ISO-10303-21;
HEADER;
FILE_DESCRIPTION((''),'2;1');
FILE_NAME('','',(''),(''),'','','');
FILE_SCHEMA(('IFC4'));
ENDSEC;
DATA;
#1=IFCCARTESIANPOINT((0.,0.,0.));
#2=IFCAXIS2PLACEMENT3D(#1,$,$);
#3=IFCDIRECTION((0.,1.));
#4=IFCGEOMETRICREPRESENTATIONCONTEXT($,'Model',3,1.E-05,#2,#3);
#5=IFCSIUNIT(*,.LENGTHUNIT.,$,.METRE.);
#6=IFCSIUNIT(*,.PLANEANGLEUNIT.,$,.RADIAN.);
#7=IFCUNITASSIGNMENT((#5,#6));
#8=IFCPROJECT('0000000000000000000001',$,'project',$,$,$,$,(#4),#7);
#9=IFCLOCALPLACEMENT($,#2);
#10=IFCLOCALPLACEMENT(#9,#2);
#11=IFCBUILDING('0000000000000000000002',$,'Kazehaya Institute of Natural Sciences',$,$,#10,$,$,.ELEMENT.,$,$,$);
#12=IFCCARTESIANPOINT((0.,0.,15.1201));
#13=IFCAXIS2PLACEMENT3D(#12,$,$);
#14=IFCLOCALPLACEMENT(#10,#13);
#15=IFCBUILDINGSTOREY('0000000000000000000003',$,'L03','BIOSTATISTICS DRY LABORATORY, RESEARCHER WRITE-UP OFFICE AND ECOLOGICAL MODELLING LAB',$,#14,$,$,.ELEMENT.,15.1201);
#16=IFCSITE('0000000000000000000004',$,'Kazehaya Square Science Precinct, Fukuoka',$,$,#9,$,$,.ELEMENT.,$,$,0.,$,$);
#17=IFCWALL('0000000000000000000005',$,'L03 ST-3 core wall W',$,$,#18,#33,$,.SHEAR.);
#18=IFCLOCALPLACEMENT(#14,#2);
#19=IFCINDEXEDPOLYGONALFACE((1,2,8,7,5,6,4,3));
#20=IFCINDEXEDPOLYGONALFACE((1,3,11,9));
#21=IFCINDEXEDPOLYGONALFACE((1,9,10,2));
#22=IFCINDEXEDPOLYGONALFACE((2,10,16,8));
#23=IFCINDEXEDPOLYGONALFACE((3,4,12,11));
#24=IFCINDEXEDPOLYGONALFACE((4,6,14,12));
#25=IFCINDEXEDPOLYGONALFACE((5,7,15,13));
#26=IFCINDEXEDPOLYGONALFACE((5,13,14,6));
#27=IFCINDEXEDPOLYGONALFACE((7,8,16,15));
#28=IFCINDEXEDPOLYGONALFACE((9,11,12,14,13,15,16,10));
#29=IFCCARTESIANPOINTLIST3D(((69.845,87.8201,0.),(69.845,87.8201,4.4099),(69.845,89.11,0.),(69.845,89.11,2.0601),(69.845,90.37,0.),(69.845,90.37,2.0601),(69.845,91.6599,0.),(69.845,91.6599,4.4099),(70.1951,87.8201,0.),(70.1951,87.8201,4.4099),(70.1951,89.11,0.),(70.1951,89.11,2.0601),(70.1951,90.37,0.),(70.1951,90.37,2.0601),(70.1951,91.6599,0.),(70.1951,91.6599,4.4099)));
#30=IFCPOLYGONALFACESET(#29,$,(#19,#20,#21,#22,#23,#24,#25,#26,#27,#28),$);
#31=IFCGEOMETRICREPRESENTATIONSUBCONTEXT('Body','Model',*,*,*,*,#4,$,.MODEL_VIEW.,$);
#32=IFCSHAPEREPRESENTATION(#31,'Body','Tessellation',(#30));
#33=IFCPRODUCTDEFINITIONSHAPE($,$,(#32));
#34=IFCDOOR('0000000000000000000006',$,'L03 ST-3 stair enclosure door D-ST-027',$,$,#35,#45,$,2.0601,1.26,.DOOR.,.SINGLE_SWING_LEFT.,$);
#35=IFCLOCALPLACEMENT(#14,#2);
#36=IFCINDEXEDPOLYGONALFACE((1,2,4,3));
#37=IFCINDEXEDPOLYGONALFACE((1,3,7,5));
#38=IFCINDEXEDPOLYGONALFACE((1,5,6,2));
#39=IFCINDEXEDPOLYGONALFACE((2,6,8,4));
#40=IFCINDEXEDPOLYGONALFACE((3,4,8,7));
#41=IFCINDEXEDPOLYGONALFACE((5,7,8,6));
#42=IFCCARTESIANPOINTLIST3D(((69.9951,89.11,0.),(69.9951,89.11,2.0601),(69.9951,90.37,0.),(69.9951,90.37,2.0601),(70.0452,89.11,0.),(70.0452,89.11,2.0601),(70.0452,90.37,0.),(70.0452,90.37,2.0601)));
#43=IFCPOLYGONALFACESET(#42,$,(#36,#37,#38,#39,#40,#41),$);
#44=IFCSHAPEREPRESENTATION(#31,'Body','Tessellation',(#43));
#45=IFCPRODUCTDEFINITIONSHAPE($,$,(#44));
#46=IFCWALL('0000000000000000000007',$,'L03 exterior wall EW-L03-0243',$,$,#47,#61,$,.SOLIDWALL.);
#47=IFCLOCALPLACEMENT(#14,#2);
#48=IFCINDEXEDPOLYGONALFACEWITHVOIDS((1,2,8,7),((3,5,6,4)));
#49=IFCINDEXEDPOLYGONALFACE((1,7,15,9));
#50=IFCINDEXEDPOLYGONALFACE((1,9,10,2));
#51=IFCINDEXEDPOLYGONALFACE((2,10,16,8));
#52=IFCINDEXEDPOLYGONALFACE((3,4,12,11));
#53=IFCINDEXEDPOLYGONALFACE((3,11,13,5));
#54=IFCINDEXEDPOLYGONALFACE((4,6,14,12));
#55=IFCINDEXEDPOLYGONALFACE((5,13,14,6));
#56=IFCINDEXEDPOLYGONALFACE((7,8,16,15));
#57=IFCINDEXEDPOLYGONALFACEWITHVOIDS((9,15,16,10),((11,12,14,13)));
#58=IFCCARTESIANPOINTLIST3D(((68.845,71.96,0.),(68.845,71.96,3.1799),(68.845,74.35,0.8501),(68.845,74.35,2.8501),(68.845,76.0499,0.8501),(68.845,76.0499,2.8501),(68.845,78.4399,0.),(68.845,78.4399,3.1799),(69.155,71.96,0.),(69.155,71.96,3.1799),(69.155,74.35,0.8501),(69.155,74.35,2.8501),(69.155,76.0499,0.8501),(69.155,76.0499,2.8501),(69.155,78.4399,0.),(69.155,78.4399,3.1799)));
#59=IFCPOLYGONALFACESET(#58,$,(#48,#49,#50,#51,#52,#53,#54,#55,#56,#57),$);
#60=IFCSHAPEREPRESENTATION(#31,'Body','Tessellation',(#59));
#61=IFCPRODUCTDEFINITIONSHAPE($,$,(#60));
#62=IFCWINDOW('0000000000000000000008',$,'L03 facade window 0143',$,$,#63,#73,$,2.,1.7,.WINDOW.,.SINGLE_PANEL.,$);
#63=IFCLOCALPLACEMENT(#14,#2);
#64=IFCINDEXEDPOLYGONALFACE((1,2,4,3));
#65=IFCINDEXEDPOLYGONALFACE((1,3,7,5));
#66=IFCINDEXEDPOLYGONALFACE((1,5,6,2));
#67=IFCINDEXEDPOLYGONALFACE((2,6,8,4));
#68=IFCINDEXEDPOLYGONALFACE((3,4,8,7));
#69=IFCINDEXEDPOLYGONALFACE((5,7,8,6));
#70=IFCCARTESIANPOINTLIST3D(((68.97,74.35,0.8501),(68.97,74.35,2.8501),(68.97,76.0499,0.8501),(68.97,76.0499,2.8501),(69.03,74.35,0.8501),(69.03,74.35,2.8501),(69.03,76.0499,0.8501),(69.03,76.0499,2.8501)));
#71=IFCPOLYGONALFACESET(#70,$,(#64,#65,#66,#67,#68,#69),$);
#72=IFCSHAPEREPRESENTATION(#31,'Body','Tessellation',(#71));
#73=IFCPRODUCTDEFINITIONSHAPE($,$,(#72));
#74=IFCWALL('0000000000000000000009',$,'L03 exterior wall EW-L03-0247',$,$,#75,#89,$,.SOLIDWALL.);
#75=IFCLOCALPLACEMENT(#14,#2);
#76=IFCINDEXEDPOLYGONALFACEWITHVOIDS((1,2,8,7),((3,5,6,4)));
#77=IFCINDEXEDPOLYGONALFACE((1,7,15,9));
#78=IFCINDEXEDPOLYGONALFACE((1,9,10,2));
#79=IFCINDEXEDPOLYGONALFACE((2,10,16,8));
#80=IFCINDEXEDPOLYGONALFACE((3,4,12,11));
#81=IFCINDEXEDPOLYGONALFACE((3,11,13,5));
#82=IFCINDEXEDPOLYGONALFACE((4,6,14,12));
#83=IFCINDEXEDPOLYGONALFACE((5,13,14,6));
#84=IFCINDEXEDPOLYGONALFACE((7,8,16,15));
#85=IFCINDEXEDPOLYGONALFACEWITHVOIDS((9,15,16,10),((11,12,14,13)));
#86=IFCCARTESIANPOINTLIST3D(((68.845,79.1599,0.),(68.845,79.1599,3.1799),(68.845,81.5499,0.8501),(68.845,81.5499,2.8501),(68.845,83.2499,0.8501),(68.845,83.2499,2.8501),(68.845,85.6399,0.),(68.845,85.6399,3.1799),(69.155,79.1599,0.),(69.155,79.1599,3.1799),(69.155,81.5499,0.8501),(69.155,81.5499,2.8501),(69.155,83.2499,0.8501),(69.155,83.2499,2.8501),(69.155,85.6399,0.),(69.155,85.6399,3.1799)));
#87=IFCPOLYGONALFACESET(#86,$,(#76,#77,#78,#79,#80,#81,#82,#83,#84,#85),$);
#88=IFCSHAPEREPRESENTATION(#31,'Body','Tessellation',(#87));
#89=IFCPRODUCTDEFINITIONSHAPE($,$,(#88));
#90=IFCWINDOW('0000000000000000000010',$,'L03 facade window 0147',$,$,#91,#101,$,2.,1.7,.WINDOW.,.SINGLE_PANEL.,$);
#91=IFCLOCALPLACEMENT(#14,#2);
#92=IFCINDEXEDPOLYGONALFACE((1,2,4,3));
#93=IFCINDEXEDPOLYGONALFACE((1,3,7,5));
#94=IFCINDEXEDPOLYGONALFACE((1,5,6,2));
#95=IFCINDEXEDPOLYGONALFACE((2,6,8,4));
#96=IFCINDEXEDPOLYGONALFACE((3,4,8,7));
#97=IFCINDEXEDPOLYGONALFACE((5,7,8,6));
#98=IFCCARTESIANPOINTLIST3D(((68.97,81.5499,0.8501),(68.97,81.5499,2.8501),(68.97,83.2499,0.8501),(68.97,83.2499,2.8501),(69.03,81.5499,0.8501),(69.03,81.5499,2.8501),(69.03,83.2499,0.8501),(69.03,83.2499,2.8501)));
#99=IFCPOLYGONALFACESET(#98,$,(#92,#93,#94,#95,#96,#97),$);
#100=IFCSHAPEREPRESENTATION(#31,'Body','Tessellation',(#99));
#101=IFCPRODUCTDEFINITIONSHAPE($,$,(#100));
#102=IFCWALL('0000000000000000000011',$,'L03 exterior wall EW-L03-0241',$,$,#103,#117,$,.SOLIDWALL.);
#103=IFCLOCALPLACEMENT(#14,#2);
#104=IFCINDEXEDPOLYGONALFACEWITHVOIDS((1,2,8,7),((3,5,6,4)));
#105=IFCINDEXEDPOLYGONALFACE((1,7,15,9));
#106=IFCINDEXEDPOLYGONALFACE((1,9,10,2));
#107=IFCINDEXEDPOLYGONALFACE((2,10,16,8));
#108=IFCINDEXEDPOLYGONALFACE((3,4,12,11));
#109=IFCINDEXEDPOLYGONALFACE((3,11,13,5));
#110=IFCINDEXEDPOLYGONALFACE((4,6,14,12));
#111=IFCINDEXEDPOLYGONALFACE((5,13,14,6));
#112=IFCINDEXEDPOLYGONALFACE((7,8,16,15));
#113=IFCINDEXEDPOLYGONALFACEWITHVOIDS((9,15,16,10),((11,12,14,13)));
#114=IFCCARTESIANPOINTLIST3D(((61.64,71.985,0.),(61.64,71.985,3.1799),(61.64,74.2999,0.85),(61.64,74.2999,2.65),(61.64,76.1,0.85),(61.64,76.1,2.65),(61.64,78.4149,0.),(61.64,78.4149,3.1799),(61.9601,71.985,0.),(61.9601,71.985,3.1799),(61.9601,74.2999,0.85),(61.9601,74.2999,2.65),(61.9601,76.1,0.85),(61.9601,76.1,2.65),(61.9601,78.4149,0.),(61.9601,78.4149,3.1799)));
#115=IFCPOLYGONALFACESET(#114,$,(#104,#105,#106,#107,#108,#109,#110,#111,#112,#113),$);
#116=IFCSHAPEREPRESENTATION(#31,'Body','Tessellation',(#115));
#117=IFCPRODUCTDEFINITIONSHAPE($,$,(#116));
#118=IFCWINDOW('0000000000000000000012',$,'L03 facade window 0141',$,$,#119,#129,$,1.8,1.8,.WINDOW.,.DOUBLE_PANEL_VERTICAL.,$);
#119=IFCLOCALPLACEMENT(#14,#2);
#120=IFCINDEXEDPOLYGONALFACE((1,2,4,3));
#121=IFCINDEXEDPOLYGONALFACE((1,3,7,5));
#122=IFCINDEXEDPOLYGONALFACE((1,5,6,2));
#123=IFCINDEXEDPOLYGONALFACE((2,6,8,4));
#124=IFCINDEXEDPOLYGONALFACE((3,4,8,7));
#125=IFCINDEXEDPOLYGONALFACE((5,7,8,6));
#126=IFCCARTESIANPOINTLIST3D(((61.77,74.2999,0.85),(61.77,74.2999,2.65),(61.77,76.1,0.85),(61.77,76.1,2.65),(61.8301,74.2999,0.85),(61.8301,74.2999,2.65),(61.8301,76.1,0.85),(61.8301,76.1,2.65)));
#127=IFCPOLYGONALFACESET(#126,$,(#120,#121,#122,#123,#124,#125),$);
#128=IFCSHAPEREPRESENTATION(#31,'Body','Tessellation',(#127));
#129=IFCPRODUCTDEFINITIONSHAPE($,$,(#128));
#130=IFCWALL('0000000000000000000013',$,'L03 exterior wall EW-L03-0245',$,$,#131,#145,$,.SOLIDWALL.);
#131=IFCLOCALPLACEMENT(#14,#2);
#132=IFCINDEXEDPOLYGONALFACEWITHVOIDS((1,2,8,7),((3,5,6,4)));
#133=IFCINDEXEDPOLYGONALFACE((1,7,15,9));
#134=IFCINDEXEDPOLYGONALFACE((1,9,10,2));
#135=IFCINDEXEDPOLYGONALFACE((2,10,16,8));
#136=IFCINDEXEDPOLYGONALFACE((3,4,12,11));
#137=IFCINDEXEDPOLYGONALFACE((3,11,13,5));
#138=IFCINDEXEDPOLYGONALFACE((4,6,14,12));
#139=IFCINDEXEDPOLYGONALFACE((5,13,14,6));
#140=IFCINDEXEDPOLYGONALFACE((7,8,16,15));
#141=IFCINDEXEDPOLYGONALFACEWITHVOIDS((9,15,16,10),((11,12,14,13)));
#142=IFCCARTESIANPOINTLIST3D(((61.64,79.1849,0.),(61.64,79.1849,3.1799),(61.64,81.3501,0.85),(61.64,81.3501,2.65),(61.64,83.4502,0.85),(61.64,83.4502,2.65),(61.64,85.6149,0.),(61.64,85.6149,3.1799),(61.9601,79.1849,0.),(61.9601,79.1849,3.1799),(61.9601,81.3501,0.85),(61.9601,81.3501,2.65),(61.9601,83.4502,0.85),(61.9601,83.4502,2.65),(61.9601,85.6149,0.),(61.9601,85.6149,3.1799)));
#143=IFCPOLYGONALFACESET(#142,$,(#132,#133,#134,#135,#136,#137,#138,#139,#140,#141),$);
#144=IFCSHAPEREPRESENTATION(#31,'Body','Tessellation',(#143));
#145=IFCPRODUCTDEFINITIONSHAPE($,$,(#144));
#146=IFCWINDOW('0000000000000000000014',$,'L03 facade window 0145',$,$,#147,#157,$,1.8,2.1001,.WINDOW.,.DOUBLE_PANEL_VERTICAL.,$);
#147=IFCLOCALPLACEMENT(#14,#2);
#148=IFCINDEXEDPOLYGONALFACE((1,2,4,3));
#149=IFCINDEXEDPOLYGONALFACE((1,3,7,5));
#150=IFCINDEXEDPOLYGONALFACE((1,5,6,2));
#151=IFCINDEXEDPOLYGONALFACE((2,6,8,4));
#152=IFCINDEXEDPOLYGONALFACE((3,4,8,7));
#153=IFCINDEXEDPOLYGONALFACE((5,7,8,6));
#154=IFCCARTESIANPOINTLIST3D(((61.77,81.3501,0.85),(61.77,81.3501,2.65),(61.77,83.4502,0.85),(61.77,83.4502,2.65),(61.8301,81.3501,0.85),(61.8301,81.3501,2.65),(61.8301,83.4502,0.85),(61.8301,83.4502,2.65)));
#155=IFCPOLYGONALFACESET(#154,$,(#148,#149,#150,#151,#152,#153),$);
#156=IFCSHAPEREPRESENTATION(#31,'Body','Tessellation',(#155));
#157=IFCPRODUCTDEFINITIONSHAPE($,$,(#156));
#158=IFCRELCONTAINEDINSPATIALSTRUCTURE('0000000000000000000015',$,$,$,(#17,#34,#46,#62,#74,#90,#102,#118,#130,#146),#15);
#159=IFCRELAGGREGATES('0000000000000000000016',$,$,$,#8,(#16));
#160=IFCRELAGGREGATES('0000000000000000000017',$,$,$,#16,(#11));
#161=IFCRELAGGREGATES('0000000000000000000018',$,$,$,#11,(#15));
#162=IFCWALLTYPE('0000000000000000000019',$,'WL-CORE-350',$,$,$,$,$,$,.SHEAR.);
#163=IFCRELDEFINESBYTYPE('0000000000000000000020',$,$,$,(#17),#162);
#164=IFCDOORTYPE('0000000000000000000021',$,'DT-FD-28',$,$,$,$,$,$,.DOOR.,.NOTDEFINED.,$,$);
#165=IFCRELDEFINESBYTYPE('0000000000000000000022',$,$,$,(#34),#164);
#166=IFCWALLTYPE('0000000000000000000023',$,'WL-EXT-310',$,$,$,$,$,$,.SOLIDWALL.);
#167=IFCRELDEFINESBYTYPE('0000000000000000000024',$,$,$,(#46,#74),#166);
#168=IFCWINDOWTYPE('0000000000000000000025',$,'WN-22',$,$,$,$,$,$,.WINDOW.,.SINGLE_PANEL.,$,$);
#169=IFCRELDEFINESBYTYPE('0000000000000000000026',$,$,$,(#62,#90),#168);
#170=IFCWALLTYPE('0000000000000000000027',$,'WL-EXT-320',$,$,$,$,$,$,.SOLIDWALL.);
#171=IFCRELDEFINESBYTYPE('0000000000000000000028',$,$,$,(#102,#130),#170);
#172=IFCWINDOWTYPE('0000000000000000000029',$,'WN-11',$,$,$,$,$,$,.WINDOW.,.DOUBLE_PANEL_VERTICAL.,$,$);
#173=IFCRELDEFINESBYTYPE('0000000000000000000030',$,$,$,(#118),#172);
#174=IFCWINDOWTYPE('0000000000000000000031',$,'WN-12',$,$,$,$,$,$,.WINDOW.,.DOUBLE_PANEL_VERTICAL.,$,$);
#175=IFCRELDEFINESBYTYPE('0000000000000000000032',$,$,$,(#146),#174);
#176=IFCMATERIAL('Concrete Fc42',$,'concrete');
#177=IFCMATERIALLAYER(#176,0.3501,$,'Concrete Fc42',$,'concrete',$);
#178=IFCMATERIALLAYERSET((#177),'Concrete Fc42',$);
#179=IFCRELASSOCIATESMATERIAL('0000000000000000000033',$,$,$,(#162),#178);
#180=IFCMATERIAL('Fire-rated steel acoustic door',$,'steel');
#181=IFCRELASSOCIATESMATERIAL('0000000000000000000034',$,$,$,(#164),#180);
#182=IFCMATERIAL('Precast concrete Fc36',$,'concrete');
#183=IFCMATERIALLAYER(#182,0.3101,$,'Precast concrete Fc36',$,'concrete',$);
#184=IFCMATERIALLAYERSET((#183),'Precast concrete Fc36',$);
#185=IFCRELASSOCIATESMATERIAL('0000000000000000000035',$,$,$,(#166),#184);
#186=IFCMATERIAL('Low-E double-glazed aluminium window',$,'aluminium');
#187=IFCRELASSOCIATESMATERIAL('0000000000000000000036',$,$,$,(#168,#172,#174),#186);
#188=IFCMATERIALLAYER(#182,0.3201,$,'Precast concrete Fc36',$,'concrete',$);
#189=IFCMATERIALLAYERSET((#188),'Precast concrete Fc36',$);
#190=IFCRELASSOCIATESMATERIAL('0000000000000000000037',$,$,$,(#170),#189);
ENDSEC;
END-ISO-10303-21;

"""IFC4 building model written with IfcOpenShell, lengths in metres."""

from ifc_helpers import new_model, si_unit, direction, frame, frame_2d, origin, place, context, subcontext, project, spatial, rectangle, extrude, material, layer, layer_set, type_object, element, fill, save


model = new_model("IFC4")

# Units and contexts
model_context = context("Model", 3, precision=1e-05, world=origin(), true_north=direction((0.0, 1.0)))
body_context = subcontext(model_context, "Body", "Model", "MODEL_VIEW")
ifc_project = project(units=[si_unit("LENGTHUNIT", "METRE"), si_unit("PLANEANGLEUNIT", "RADIAN")], contexts=[model_context])

# Site, building, storey
site_placement = place(None, origin())
site = spatial("IfcSite", under=ifc_project, at=site_placement, Name="Kazehaya Square Science Precinct, Fukuoka", CompositionType="ELEMENT", RefElevation=0.0)
building_placement = place(site_placement, origin())
building = spatial("IfcBuilding", under=site, at=building_placement, Name="Kazehaya Institute of Natural Sciences", CompositionType="ELEMENT")
storey_placement = place(building_placement, frame((0.0, 0.0, 15.1201)))
storey = spatial("IfcBuildingStorey", under=building, at=storey_placement, Name="L03", Description="BIOSTATISTICS DRY LABORATORY, RESEARCHER WRITE-UP OFFICE AND ECOLOGICAL MODELLING LAB", CompositionType="ELEMENT", Elevation=15.1201)

# Shared definitions
ifc_material_1 = material(Name="Concrete Fc42", Category="concrete")

# Shared definitions
ifc_layer_1 = layer(ifc_material_1, 0.3501, Name="Concrete Fc42", Category="concrete")
ifc_layer_set_1 = layer_set([ifc_layer_1], Name="Concrete Fc42")
wall_type_1 = type_object("IfcWallType", Name="WL-CORE-350", PredefinedType="SHEAR", material=ifc_layer_set_1)

# Wall, opening, door
wall_1_placement = place(storey_placement, frame((70.02, 87.8201, 0.0), z_axis=(0.0, 0.0, 1.0), x_axis=(0.0, 1.0, 0.0)))
wall_1 = element("IfcWall", 1, at=wall_1_placement, inside=storey, type_object=wall_type_1, Name="L03 ST-3 core wall W", PredefinedType="SHEAR", context=body_context, shape_type="SweptSolid", body=[
    extrude(rectangle(XDim=3.8398, YDim=0.3501, at=frame_2d((1.9199, 0.0))), origin(), (0.0, 0.0, 1.0), 4.4099),
])
opening_1_placement = place(wall_1_placement, frame((1.29, 0.0, 0.0)))
opening_1 = element("IfcOpeningElement", 2, at=opening_1_placement, cuts=wall_1, PredefinedType="OPENING", context=body_context, shape_type="SweptSolid", body=[
    extrude(rectangle(XDim=1.26, YDim=2.0601, at=frame_2d((0.6299, 1.03))), frame((0.0, 0.1851, 0.0), z_axis=(0.0, -1.0, 0.0), x_axis=(1.0, 0.0, 0.0)), (0.0, 0.0, 1.0), 0.3701),
])
ifc_material_2 = material(Name="Fire-rated steel acoustic door", Category="steel")
door_type = type_object("IfcDoorType", Name="DT-FD-28", OperationType="NOTDEFINED", PredefinedType="DOOR", material=ifc_material_2)
door_placement = place(opening_1_placement, origin())
door = element("IfcDoor", 3, at=door_placement, inside=storey, type_object=door_type, Name="L03 ST-3 stair enclosure door D-ST-027", OperationType="SINGLE_SWING_LEFT", OverallHeight=2.0601, OverallWidth=1.26, PredefinedType="DOOR", context=body_context, shape_type="SweptSolid", body=[
    extrude(rectangle(XDim=1.26, YDim=2.0601, at=frame_2d((0.6299, 1.03))), frame((0.0, 0.0249, 0.0), z_axis=(0.0, -1.0, 0.0), x_axis=(1.0, 0.0, 0.0)), (0.0, 0.0, 1.0), 0.05),
])
fill(opening_1, door)

# Walls, openings, windows
ifc_material_3 = material(Name="Precast concrete Fc36", Category="concrete")
ifc_layer_2 = layer(ifc_material_3, 0.3101, Name="Precast concrete Fc36", Category="concrete")
ifc_layer_set_2 = layer_set([ifc_layer_2], Name="Precast concrete Fc36")
wall_type_2 = type_object("IfcWallType", Name="WL-EXT-310", PredefinedType="SOLIDWALL", material=ifc_layer_set_2)
wall_2_placement = place(storey_placement, frame((69.0, 78.4399, 0.0), z_axis=(0.0, 0.0, 1.0), x_axis=(0.0, -1.0, 0.0)))
wall_2 = element("IfcWall", 4, at=wall_2_placement, inside=storey, type_object=wall_type_2, Name="L03 exterior wall EW-L03-0243", PredefinedType="SOLIDWALL", context=body_context, shape_type="SweptSolid", body=[
    extrude(rectangle(XDim=6.48, YDim=0.3101, at=frame_2d((3.24, 0.0))), origin(), (0.0, 0.0, 1.0), 3.1799),
])
opening_2_placement = place(wall_2_placement, frame((2.3899, 0.0, 0.8501)))
opening_2 = element("IfcOpeningElement", 5, at=opening_2_placement, cuts=wall_2, PredefinedType="OPENING", context=body_context, shape_type="SweptSolid", body=[
    extrude(rectangle(XDim=1.7, YDim=2.0, at=frame_2d((0.8501, 1.0))), frame((0.0, 0.165, 0.0), z_axis=(0.0, -1.0, 0.0), x_axis=(1.0, 0.0, 0.0)), (0.0, 0.0, 1.0), 0.3301),
])
ifc_material_4 = material(Name="Low-E double-glazed aluminium window", Category="aluminium")
window_type_1 = type_object("IfcWindowType", Name="WN-22", PartitioningType="SINGLE_PANEL", PredefinedType="WINDOW", material=ifc_material_4)
window_1_placement = place(opening_2_placement, origin())
window_1 = element("IfcWindow", 6, at=window_1_placement, inside=storey, type_object=window_type_1, Name="L03 facade window 0143", OverallHeight=2.0, OverallWidth=1.7, PartitioningType="SINGLE_PANEL", PredefinedType="WINDOW", context=body_context, shape_type="SweptSolid", body=[
    extrude(rectangle(XDim=1.7, YDim=2.0, at=frame_2d((0.8501, 1.0))), frame((0.0, 0.03, 0.0), z_axis=(0.0, -1.0, 0.0), x_axis=(1.0, 0.0, 0.0)), (0.0, 0.0, 1.0), 0.0601),
])
fill(opening_2, window_1)
wall_3_placement = place(storey_placement, frame((69.0, 85.6399, 0.0), z_axis=(0.0, 0.0, 1.0), x_axis=(0.0, -1.0, 0.0)))
wall_3 = element("IfcWall", 7, at=wall_3_placement, inside=storey, type_object=wall_type_2, Name="L03 exterior wall EW-L03-0247", PredefinedType="SOLIDWALL", context=body_context, shape_type="SweptSolid", body=[
    extrude(rectangle(XDim=6.48, YDim=0.3101, at=frame_2d((3.24, 0.0))), origin(), (0.0, 0.0, 1.0), 3.1799),
])
opening_3_placement = place(wall_3_placement, frame((2.3899, 0.0, 0.8501)))
opening_3 = element("IfcOpeningElement", 8, at=opening_3_placement, cuts=wall_3, PredefinedType="OPENING", context=body_context, shape_type="SweptSolid", body=[
    extrude(rectangle(XDim=1.7, YDim=2.0, at=frame_2d((0.8501, 1.0))), frame((0.0, 0.165, 0.0), z_axis=(0.0, -1.0, 0.0), x_axis=(1.0, 0.0, 0.0)), (0.0, 0.0, 1.0), 0.3301),
])
window_2_placement = place(opening_3_placement, origin())
window_2 = element("IfcWindow", 9, at=window_2_placement, inside=storey, type_object=window_type_1, Name="L03 facade window 0147", OverallHeight=2.0, OverallWidth=1.7, PartitioningType="SINGLE_PANEL", PredefinedType="WINDOW", context=body_context, shape_type="SweptSolid", body=[
    extrude(rectangle(XDim=1.7, YDim=2.0, at=frame_2d((0.8501, 1.0))), frame((0.0, 0.03, 0.0), z_axis=(0.0, -1.0, 0.0), x_axis=(1.0, 0.0, 0.0)), (0.0, 0.0, 1.0), 0.0601),
])
fill(opening_3, window_2)
ifc_layer_3 = layer(ifc_material_3, 0.3201, Name="Precast concrete Fc36", Category="concrete")
ifc_layer_set_3 = layer_set([ifc_layer_3], Name="Precast concrete Fc36")
wall_type_3 = type_object("IfcWallType", Name="WL-EXT-320", PredefinedType="SOLIDWALL", material=ifc_layer_set_3)
wall_4_placement = place(storey_placement, frame((61.8, 71.9851, 0.0), z_axis=(0.0, 0.0, 1.0), x_axis=(0.0, 1.0, 0.0)))
wall_4 = element("IfcWall", 10, at=wall_4_placement, inside=storey, type_object=wall_type_3, Name="L03 exterior wall EW-L03-0241", PredefinedType="SOLIDWALL", context=body_context, shape_type="SweptSolid", body=[
    extrude(rectangle(XDim=6.4299, YDim=0.3201, at=frame_2d((3.2148, 0.0))), origin(), (0.0, 0.0, 1.0), 3.1799),
])
opening_4_placement = place(wall_4_placement, frame((2.3149, 0.0, 0.8501)))
opening_4 = element("IfcOpeningElement", 11, at=opening_4_placement, cuts=wall_4, PredefinedType="OPENING", context=body_context, shape_type="SweptSolid", body=[
    extrude(rectangle(XDim=1.8, YDim=1.8, at=frame_2d((0.8999, 0.8999))), frame((0.0, 0.1699, 0.0), z_axis=(0.0, -1.0, 0.0), x_axis=(1.0, 0.0, 0.0)), (0.0, 0.0, 1.0), 0.3401),
])
window_type_2 = type_object("IfcWindowType", Name="WN-11", PartitioningType="DOUBLE_PANEL_VERTICAL", PredefinedType="WINDOW", material=ifc_material_4)
window_3_placement = place(opening_4_placement, origin())
window_3 = element("IfcWindow", 12, at=window_3_placement, inside=storey, type_object=window_type_2, Name="L03 facade window 0141", OverallHeight=1.8, OverallWidth=1.8, PartitioningType="DOUBLE_PANEL_VERTICAL", PredefinedType="WINDOW", context=body_context, shape_type="SweptSolid", body=[
    extrude(rectangle(XDim=1.8, YDim=1.8, at=frame_2d((0.8999, 0.8999))), frame((0.0, 0.03, 0.0), z_axis=(0.0, -1.0, 0.0), x_axis=(1.0, 0.0, 0.0)), (0.0, 0.0, 1.0), 0.0601),
])
fill(opening_4, window_3)
wall_5_placement = place(storey_placement, frame((61.8, 79.1851, 0.0), z_axis=(0.0, 0.0, 1.0), x_axis=(0.0, 1.0, 0.0)))
wall_5 = element("IfcWall", 13, at=wall_5_placement, inside=storey, type_object=wall_type_3, Name="L03 exterior wall EW-L03-0245", PredefinedType="SOLIDWALL", context=body_context, shape_type="SweptSolid", body=[
    extrude(rectangle(XDim=6.4299, YDim=0.3201, at=frame_2d((3.2148, 0.0))), origin(), (0.0, 0.0, 1.0), 3.1799),
])
opening_5_placement = place(wall_5_placement, frame((2.165, 0.0, 0.8501)))
opening_5 = element("IfcOpeningElement", 14, at=opening_5_placement, cuts=wall_5, PredefinedType="OPENING", context=body_context, shape_type="SweptSolid", body=[
    extrude(rectangle(XDim=2.1001, YDim=1.8, at=frame_2d((1.05, 0.8999))), frame((0.0, 0.1699, 0.0), z_axis=(0.0, -1.0, 0.0), x_axis=(1.0, 0.0, 0.0)), (0.0, 0.0, 1.0), 0.3401),
])
window_type_3 = type_object("IfcWindowType", Name="WN-12", PartitioningType="DOUBLE_PANEL_VERTICAL", PredefinedType="WINDOW", material=ifc_material_4)
window_4_placement = place(opening_5_placement, origin())
window_4 = element("IfcWindow", 15, at=window_4_placement, inside=storey, type_object=window_type_3, Name="L03 facade window 0145", OverallHeight=1.8, OverallWidth=2.1001, PartitioningType="DOUBLE_PANEL_VERTICAL", PredefinedType="WINDOW", context=body_context, shape_type="SweptSolid", body=[
    extrude(rectangle(XDim=2.1001, YDim=1.8, at=frame_2d((1.05, 0.8999))), frame((0.0, 0.03, 0.0), z_axis=(0.0, -1.0, 0.0), x_axis=(1.0, 0.0, 0.0)), (0.0, 0.0, 1.0), 0.0601),
])
fill(opening_5, window_4)

save(model, "model.ifc")
